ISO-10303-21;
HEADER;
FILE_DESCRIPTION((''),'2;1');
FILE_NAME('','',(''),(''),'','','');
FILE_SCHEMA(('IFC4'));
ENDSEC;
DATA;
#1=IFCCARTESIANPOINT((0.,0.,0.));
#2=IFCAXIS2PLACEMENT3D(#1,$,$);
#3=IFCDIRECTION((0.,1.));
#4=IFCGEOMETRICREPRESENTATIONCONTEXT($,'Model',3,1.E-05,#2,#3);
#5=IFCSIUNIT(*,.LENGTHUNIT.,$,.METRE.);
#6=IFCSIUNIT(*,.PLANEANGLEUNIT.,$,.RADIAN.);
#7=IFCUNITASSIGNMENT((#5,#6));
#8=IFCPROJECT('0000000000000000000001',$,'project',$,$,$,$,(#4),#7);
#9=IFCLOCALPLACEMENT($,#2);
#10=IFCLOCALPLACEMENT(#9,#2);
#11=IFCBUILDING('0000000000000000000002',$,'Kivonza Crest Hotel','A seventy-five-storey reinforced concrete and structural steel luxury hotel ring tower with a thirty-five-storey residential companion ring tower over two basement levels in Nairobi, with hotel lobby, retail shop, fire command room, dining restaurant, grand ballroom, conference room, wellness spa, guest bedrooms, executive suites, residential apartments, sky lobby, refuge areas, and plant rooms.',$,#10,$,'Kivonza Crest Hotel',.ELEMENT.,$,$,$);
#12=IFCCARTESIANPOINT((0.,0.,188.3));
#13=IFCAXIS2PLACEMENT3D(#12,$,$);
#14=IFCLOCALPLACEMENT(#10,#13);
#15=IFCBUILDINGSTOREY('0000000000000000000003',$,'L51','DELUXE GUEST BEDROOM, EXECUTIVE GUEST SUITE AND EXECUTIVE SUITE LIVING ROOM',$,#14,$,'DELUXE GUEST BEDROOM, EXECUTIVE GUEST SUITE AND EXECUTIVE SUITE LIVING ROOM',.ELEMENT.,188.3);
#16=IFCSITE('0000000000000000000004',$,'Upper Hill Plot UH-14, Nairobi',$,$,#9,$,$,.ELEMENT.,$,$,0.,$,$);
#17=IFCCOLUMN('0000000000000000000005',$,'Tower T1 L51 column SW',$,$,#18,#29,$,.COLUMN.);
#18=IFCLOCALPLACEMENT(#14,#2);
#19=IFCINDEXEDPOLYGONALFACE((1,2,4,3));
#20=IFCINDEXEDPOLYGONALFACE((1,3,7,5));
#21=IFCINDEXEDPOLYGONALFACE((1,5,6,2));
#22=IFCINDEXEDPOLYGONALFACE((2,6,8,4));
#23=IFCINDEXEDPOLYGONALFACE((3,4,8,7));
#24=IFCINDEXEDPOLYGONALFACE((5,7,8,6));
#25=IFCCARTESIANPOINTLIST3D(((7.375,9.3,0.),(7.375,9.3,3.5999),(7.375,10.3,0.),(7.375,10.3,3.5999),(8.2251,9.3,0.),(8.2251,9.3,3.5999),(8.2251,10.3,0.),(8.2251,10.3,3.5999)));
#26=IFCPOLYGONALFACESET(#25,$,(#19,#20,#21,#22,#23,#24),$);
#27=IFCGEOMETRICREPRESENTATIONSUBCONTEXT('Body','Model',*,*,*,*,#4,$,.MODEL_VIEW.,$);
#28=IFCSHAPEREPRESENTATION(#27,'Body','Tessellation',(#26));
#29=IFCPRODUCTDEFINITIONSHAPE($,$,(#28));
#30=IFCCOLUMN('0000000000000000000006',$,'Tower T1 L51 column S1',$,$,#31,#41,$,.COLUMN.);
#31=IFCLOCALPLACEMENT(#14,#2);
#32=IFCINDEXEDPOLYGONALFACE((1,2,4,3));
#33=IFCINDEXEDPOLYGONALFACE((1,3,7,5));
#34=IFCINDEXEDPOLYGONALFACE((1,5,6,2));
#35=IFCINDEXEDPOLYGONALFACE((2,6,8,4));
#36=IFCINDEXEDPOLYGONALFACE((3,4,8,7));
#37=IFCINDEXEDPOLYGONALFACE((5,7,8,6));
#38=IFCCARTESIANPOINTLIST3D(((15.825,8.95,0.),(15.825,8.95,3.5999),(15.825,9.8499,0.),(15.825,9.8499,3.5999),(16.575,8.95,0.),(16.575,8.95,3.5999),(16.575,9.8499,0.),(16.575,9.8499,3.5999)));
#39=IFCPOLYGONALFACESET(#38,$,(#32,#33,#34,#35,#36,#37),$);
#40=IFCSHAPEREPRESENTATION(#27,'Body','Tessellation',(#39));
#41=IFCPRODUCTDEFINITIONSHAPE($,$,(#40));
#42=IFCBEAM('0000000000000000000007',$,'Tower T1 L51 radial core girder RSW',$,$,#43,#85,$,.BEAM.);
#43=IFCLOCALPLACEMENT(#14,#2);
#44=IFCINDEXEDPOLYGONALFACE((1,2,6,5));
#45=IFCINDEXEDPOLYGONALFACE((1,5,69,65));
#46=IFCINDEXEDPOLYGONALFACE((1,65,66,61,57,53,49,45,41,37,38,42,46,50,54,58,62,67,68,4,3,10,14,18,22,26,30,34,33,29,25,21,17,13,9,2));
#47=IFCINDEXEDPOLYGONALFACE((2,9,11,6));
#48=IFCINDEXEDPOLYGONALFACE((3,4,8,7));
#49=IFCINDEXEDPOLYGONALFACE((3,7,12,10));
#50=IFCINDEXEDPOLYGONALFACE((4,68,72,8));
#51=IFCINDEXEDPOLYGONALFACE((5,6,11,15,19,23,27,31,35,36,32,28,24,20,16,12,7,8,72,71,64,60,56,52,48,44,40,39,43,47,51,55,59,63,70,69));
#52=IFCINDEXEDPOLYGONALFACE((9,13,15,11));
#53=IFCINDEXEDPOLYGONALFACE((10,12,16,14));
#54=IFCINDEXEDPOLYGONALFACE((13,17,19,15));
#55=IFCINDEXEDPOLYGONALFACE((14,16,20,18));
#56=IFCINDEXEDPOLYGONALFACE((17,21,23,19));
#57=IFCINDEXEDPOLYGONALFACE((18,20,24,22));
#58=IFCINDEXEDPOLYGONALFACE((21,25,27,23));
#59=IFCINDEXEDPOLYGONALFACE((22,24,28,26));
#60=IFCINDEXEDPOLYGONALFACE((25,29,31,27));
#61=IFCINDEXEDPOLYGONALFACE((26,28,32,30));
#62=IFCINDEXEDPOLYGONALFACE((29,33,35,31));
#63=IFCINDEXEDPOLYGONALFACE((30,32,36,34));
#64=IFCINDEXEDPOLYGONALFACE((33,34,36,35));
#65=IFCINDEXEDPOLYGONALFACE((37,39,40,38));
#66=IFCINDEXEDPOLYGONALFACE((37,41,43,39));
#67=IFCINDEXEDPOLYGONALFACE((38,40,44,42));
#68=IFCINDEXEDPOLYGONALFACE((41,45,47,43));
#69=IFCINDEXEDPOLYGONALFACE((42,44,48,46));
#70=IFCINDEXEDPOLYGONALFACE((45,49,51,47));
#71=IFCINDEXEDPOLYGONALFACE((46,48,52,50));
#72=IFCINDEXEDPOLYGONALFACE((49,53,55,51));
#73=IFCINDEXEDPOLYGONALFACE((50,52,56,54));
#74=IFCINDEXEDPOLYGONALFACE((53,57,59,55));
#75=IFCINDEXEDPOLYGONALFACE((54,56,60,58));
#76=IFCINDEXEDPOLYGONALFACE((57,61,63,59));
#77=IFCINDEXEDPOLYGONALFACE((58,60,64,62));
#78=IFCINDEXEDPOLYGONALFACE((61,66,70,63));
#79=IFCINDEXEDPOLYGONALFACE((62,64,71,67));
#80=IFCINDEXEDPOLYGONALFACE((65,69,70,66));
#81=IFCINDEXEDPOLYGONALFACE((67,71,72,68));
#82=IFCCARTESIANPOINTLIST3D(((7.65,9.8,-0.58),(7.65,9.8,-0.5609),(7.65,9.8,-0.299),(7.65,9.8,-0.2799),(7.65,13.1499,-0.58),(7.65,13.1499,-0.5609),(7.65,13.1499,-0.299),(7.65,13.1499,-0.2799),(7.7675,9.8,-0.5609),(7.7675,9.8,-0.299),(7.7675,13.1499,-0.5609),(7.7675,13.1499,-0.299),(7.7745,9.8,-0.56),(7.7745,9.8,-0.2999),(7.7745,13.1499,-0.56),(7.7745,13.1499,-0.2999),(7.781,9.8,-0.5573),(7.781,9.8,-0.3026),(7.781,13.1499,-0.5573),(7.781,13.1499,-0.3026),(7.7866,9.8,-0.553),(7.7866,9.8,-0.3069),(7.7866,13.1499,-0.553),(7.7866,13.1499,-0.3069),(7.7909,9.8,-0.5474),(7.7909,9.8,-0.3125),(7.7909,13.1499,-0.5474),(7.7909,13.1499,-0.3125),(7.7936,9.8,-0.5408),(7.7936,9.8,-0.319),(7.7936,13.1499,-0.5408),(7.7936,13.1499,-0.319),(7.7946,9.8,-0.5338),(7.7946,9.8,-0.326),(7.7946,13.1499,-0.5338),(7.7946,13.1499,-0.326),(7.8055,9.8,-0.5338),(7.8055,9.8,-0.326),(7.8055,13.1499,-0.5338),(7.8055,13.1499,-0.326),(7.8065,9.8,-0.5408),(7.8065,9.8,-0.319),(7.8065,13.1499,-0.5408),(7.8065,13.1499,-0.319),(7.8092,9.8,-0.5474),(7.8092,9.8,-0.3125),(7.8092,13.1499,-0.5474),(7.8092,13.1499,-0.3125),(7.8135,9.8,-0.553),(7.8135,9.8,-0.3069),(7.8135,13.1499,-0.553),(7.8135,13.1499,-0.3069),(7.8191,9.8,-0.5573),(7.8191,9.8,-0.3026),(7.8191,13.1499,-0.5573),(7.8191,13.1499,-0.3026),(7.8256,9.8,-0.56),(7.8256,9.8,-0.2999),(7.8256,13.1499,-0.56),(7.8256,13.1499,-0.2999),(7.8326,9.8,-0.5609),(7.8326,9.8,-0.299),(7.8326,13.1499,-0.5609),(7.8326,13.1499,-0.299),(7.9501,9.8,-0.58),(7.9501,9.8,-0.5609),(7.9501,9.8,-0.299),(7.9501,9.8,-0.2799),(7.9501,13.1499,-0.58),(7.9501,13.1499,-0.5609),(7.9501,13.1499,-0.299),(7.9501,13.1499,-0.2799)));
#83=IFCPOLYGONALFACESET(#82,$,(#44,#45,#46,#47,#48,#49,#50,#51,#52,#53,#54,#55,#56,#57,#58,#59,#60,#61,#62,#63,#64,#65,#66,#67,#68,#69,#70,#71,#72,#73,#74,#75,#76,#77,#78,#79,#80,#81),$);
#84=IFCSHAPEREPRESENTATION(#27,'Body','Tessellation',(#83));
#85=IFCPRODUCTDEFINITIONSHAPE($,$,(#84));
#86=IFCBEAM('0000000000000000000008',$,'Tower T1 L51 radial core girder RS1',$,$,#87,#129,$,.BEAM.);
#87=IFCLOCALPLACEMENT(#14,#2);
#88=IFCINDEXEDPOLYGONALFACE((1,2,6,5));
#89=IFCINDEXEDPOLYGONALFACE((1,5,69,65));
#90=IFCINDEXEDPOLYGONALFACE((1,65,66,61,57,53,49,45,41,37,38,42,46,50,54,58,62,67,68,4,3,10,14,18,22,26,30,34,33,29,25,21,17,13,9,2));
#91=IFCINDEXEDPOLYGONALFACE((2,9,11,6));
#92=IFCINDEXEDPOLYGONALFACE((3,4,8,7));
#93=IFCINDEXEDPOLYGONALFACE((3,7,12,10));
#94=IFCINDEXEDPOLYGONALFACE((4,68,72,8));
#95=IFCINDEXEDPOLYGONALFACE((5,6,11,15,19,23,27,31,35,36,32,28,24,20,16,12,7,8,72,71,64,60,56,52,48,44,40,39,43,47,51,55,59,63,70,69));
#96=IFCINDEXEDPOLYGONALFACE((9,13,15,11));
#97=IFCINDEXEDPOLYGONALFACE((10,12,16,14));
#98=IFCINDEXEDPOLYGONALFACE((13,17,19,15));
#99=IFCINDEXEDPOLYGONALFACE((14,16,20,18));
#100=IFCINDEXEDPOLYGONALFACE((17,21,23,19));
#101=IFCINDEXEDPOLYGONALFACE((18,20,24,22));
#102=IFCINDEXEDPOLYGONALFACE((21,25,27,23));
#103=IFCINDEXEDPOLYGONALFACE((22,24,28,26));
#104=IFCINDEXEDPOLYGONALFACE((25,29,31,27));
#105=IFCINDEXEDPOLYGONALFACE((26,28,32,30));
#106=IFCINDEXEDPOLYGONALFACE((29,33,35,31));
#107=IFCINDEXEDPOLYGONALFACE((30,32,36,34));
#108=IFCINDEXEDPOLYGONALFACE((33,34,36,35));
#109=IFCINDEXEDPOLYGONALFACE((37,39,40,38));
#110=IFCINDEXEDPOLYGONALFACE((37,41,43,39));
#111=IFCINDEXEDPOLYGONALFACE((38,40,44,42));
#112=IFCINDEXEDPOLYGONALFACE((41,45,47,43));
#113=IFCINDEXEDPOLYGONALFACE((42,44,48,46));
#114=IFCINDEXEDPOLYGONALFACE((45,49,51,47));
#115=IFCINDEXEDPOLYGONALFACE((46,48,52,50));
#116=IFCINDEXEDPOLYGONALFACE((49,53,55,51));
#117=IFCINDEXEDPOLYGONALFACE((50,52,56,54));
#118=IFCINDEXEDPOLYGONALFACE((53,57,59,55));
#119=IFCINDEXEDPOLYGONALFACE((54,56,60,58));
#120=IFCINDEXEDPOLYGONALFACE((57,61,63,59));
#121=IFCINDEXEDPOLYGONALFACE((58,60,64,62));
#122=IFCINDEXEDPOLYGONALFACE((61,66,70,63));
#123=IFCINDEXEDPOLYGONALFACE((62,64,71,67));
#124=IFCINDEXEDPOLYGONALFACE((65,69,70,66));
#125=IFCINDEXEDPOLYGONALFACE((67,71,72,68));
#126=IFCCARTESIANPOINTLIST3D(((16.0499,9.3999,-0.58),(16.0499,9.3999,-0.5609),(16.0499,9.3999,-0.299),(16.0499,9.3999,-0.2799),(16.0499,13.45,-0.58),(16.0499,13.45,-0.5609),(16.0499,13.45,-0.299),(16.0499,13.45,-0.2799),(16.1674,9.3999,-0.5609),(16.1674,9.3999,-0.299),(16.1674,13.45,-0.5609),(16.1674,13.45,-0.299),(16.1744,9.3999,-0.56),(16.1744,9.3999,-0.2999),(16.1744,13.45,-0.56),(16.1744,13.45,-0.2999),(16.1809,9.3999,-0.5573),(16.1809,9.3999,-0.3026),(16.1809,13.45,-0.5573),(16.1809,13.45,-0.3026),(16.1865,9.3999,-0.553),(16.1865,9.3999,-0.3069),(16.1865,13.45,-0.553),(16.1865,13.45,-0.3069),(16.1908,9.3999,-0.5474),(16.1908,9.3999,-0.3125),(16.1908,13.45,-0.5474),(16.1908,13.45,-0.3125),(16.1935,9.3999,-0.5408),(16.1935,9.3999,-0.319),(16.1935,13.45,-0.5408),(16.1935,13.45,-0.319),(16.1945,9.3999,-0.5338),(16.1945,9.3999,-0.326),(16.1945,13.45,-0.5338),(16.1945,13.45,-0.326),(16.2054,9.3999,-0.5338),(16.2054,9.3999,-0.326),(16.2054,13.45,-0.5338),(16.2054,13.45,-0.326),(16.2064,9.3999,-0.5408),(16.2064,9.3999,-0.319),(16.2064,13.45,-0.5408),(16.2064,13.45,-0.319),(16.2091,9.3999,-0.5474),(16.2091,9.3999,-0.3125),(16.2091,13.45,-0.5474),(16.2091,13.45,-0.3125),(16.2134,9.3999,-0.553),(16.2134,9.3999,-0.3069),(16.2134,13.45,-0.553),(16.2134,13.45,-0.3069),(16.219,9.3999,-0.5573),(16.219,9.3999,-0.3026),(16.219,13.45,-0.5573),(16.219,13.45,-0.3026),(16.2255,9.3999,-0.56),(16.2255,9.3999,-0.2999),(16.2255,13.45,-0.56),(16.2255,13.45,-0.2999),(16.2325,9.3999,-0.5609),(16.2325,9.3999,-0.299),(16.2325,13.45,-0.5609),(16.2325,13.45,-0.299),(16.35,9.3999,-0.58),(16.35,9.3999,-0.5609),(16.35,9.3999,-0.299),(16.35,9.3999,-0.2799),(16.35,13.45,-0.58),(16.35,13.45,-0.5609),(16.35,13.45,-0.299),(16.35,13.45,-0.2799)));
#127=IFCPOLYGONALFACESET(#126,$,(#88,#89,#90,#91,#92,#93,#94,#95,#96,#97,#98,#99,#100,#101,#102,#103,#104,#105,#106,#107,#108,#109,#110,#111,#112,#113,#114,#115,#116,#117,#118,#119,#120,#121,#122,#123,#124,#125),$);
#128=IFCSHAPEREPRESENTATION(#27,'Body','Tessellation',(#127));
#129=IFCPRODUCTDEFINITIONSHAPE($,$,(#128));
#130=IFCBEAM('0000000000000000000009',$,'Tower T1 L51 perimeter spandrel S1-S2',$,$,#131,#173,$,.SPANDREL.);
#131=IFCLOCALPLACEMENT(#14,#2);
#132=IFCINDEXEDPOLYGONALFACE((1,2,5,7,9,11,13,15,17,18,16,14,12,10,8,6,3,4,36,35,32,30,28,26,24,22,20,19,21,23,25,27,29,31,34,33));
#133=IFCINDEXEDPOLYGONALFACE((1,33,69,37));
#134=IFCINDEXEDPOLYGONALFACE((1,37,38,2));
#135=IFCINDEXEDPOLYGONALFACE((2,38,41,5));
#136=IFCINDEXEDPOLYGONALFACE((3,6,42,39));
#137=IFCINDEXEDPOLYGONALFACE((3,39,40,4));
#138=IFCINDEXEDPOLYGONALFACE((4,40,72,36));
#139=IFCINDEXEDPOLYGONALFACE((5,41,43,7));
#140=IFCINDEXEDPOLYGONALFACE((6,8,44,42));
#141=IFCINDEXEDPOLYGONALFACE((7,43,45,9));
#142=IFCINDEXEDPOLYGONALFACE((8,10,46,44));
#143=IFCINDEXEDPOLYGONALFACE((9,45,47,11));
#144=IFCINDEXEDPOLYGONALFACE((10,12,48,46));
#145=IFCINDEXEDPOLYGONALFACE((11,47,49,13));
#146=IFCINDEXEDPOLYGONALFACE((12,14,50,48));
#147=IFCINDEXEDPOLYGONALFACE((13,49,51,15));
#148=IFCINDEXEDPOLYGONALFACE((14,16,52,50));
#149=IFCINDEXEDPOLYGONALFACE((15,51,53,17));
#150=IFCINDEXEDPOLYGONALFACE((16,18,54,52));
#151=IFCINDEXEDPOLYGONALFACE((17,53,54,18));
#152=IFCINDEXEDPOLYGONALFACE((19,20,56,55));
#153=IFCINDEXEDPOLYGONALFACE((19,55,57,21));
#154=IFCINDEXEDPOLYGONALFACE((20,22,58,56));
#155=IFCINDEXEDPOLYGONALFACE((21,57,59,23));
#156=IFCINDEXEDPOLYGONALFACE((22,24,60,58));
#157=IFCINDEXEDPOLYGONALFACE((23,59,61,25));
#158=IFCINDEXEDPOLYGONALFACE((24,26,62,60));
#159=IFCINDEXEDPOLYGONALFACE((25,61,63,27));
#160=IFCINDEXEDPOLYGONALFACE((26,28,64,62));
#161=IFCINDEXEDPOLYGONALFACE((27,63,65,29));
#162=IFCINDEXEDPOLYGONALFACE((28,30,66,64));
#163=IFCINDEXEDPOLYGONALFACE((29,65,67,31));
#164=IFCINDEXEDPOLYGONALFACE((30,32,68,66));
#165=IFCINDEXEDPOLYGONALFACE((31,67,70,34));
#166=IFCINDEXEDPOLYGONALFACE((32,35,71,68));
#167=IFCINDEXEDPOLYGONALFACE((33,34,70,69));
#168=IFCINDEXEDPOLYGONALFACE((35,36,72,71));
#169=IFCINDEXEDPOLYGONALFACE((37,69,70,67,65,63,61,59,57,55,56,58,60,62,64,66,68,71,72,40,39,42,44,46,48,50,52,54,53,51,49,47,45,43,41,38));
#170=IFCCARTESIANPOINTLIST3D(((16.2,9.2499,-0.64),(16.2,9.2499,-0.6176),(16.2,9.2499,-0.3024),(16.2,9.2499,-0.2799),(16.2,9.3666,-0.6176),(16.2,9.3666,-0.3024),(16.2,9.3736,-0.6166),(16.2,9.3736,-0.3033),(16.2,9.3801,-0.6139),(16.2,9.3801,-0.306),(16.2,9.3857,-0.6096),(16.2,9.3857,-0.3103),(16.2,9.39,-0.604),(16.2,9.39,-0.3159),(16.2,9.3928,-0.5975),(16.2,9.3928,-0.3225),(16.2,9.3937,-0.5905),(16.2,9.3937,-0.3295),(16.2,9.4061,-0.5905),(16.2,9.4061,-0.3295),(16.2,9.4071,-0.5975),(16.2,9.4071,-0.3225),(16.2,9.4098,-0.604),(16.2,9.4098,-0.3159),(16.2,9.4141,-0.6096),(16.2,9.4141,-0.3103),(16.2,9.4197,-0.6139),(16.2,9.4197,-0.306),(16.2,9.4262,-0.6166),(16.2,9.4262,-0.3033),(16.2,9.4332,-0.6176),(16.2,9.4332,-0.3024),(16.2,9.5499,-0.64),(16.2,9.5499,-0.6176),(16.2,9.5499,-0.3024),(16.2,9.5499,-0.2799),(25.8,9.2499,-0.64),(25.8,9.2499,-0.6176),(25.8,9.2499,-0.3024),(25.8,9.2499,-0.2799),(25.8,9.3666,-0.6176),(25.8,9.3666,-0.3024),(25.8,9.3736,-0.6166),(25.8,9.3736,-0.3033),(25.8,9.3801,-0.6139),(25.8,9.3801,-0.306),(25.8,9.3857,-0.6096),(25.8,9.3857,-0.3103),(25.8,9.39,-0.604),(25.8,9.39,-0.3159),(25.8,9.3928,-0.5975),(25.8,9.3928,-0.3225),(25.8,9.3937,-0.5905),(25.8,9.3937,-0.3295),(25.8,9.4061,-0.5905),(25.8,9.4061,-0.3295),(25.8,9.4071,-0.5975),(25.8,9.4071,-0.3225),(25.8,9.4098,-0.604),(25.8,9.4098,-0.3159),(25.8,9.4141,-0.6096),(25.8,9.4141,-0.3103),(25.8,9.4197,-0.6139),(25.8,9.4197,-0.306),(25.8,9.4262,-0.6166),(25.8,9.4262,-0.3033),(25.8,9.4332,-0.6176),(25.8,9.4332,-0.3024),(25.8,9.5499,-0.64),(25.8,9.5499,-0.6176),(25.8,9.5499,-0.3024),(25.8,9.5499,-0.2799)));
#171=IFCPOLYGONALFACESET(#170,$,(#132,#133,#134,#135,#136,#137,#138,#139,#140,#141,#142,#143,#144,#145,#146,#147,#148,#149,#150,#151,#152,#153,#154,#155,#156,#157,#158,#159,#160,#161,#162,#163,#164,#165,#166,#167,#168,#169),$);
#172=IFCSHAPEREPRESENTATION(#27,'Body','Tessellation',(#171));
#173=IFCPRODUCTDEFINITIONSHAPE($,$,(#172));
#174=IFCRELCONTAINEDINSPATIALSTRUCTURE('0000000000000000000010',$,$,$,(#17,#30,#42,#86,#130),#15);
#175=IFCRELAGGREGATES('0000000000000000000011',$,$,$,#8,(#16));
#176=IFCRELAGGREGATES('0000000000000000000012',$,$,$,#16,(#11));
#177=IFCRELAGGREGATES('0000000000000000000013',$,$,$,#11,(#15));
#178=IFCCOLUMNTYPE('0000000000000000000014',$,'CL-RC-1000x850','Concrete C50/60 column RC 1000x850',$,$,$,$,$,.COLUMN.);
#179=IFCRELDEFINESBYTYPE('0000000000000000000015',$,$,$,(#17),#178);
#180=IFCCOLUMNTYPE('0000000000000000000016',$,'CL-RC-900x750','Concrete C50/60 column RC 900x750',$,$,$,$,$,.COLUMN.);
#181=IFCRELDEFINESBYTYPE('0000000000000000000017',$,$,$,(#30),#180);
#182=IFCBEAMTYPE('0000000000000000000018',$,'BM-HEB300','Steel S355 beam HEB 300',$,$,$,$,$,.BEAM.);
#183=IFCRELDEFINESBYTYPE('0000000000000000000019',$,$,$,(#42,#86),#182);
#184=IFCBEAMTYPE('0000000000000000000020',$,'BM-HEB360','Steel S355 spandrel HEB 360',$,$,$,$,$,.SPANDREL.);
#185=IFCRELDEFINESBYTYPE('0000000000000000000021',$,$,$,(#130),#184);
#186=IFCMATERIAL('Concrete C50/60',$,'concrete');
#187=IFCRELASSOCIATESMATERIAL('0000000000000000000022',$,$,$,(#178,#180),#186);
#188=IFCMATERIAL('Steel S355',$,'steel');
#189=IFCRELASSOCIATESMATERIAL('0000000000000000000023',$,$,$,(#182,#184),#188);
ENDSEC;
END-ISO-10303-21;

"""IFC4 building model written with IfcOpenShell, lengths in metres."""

from ifc_helpers import new_model, si_unit, direction, frame, origin, origin_2d, place, context, subcontext, project, spatial, rectangle, i_section, extrude, material, material_profile, profile_set, type_object, element, save


model = new_model("IFC4")

# Units and contexts
model_context = context("Model", 3, precision=1e-05, world=origin(), true_north=direction((0.0, 1.0)))
body_context = subcontext(model_context, "Body", "Model", "MODEL_VIEW")
ifc_project = project(units=[si_unit("LENGTHUNIT", "METRE"), si_unit("PLANEANGLEUNIT", "RADIAN")], contexts=[model_context])

# Site, building, storey
site_placement = place(None, origin())
site = spatial("IfcSite", under=ifc_project, at=site_placement, Name="Upper Hill Plot UH-14, Nairobi", CompositionType="ELEMENT", RefElevation=0.0)
building_placement = place(site_placement, origin())
building = spatial("IfcBuilding", under=site, at=building_placement, Name="Kivonza Crest Hotel", Description="A seventy-five-storey reinforced concrete and structural steel luxury hotel ring tower with a thirty-five-storey residential companion ring tower over two basement levels in Nairobi, with hotel lobby, retail shop, fire command room, dining restaurant, grand ballroom, conference room, wellness spa, guest bedrooms, executive suites, residential apartments, sky lobby, refuge areas, and plant rooms.", LongName="Kivonza Crest Hotel", CompositionType="ELEMENT")
storey_placement = place(building_placement, frame((0.0, 0.0, 188.3)))
storey = spatial("IfcBuildingStorey", under=building, at=storey_placement, Name="L51", Description="DELUXE GUEST BEDROOM, EXECUTIVE GUEST SUITE AND EXECUTIVE SUITE LIVING ROOM", LongName="DELUXE GUEST BEDROOM, EXECUTIVE GUEST SUITE AND EXECUTIVE SUITE LIVING ROOM", CompositionType="ELEMENT", Elevation=188.3)

# Columns
ifc_material_1 = material(Name="Concrete C50/60", Category="concrete")
ifc_material_profile_1 = material_profile(ifc_material_1, rectangle(XDim=0.8501, YDim=1.0, at=origin_2d()), Name="RC 1000x850")
ifc_profile_set_1 = profile_set([ifc_material_profile_1], Name="Concrete C50/60")
column_type_1 = type_object("IfcColumnType", Name="CL-RC-1000x850", Description="Concrete C50/60 column RC 1000x850", PredefinedType="COLUMN", material=ifc_profile_set_1)
column_1_placement = place(storey_placement, frame((7.8, 9.8, 0.0), z_axis=(0.0, 0.0, 1.0), x_axis=(1.0, 0.0, 0.0)))
element("IfcColumn", 1, at=column_1_placement, inside=storey, type_object=column_type_1, Name="Tower T1 L51 column SW", PredefinedType="COLUMN", context=body_context, shape_type="SweptSolid", body=[
    extrude(rectangle(XDim=0.8501, YDim=1.0, at=origin_2d()), origin(), (0.0, 0.0, 1.0), 3.5999),
])
ifc_material_profile_2 = material_profile(ifc_material_1, rectangle(XDim=0.75, YDim=0.8999, at=origin_2d()), Name="RC 900x750")
ifc_profile_set_2 = profile_set([ifc_material_profile_2], Name="Concrete C50/60")
column_type_2 = type_object("IfcColumnType", Name="CL-RC-900x750", Description="Concrete C50/60 column RC 900x750", PredefinedType="COLUMN", material=ifc_profile_set_2)
column_2_placement = place(storey_placement, frame((16.2, 9.3999, 0.0), z_axis=(0.0, 0.0, 1.0), x_axis=(1.0, 0.0, 0.0)))
element("IfcColumn", 2, at=column_2_placement, inside=storey, type_object=column_type_2, Name="Tower T1 L51 column S1", PredefinedType="COLUMN", context=body_context, shape_type="SweptSolid", body=[
    extrude(rectangle(XDim=0.75, YDim=0.8999, at=origin_2d()), origin(), (0.0, 0.0, 1.0), 3.5999),
])

# Beams
ifc_material_2 = material(Name="Steel S355", Category="steel")
ifc_material_profile_3 = material_profile(ifc_material_2, i_section(OverallWidth=0.3, OverallDepth=0.3, WebThickness=0.011, FlangeThickness=0.019, FilletRadius=0.0271, at=origin_2d()), Name="HEB 300")
ifc_profile_set_3 = profile_set([ifc_material_profile_3], Name="Steel S355")
beam_type_1 = type_object("IfcBeamType", Name="BM-HEB300", Description="Steel S355 beam HEB 300", PredefinedType="BEAM", material=ifc_profile_set_3)
beam_1_placement = place(storey_placement, frame((7.8, 9.8, -0.4299), z_axis=(0.0, 1.0, 0.0), x_axis=(-1.0, 0.0, 0.0)))
element("IfcBeam", 3, at=beam_1_placement, inside=storey, type_object=beam_type_1, Name="Tower T1 L51 radial core girder RSW", PredefinedType="BEAM", context=body_context, shape_type="SweptSolid", body=[
    extrude(i_section(OverallWidth=0.3, OverallDepth=0.3, WebThickness=0.011, FlangeThickness=0.019, FilletRadius=0.0271, at=origin_2d()), origin(), (0.0, 0.0, 1.0), 3.3499),
])
beam_2_placement = place(storey_placement, frame((16.2, 9.3999, -0.4299), z_axis=(0.0, 1.0, 0.0), x_axis=(-1.0, 0.0, 0.0)))
element("IfcBeam", 4, at=beam_2_placement, inside=storey, type_object=beam_type_1, Name="Tower T1 L51 radial core girder RS1", PredefinedType="BEAM", context=body_context, shape_type="SweptSolid", body=[
    extrude(i_section(OverallWidth=0.3, OverallDepth=0.3, WebThickness=0.011, FlangeThickness=0.019, FilletRadius=0.0271, at=origin_2d()), origin(), (0.0, 0.0, 1.0), 4.05),
])
ifc_material_profile_4 = material_profile(ifc_material_2, i_section(OverallWidth=0.3, OverallDepth=0.3601, WebThickness=0.0125, FlangeThickness=0.0225, FilletRadius=0.0271, at=origin_2d()), Name="HEB 360")
ifc_profile_set_4 = profile_set([ifc_material_profile_4], Name="Steel S355")
beam_type_2 = type_object("IfcBeamType", Name="BM-HEB360", Description="Steel S355 spandrel HEB 360", PredefinedType="SPANDREL", material=ifc_profile_set_4)
beam_3_placement = place(storey_placement, frame((16.2, 9.3999, -0.46), z_axis=(1.0, 0.0, 0.0), x_axis=(0.0, 1.0, 0.0)))
element("IfcBeam", 5, at=beam_3_placement, inside=storey, type_object=beam_type_2, Name="Tower T1 L51 perimeter spandrel S1-S2", PredefinedType="SPANDREL", context=body_context, shape_type="SweptSolid", body=[
    extrude(i_section(OverallWidth=0.3, OverallDepth=0.3601, WebThickness=0.0125, FlangeThickness=0.0225, FilletRadius=0.0271, at=origin_2d()), origin(), (0.0, 0.0, 1.0), 9.6001),
])

save(model, "model.ifc")
